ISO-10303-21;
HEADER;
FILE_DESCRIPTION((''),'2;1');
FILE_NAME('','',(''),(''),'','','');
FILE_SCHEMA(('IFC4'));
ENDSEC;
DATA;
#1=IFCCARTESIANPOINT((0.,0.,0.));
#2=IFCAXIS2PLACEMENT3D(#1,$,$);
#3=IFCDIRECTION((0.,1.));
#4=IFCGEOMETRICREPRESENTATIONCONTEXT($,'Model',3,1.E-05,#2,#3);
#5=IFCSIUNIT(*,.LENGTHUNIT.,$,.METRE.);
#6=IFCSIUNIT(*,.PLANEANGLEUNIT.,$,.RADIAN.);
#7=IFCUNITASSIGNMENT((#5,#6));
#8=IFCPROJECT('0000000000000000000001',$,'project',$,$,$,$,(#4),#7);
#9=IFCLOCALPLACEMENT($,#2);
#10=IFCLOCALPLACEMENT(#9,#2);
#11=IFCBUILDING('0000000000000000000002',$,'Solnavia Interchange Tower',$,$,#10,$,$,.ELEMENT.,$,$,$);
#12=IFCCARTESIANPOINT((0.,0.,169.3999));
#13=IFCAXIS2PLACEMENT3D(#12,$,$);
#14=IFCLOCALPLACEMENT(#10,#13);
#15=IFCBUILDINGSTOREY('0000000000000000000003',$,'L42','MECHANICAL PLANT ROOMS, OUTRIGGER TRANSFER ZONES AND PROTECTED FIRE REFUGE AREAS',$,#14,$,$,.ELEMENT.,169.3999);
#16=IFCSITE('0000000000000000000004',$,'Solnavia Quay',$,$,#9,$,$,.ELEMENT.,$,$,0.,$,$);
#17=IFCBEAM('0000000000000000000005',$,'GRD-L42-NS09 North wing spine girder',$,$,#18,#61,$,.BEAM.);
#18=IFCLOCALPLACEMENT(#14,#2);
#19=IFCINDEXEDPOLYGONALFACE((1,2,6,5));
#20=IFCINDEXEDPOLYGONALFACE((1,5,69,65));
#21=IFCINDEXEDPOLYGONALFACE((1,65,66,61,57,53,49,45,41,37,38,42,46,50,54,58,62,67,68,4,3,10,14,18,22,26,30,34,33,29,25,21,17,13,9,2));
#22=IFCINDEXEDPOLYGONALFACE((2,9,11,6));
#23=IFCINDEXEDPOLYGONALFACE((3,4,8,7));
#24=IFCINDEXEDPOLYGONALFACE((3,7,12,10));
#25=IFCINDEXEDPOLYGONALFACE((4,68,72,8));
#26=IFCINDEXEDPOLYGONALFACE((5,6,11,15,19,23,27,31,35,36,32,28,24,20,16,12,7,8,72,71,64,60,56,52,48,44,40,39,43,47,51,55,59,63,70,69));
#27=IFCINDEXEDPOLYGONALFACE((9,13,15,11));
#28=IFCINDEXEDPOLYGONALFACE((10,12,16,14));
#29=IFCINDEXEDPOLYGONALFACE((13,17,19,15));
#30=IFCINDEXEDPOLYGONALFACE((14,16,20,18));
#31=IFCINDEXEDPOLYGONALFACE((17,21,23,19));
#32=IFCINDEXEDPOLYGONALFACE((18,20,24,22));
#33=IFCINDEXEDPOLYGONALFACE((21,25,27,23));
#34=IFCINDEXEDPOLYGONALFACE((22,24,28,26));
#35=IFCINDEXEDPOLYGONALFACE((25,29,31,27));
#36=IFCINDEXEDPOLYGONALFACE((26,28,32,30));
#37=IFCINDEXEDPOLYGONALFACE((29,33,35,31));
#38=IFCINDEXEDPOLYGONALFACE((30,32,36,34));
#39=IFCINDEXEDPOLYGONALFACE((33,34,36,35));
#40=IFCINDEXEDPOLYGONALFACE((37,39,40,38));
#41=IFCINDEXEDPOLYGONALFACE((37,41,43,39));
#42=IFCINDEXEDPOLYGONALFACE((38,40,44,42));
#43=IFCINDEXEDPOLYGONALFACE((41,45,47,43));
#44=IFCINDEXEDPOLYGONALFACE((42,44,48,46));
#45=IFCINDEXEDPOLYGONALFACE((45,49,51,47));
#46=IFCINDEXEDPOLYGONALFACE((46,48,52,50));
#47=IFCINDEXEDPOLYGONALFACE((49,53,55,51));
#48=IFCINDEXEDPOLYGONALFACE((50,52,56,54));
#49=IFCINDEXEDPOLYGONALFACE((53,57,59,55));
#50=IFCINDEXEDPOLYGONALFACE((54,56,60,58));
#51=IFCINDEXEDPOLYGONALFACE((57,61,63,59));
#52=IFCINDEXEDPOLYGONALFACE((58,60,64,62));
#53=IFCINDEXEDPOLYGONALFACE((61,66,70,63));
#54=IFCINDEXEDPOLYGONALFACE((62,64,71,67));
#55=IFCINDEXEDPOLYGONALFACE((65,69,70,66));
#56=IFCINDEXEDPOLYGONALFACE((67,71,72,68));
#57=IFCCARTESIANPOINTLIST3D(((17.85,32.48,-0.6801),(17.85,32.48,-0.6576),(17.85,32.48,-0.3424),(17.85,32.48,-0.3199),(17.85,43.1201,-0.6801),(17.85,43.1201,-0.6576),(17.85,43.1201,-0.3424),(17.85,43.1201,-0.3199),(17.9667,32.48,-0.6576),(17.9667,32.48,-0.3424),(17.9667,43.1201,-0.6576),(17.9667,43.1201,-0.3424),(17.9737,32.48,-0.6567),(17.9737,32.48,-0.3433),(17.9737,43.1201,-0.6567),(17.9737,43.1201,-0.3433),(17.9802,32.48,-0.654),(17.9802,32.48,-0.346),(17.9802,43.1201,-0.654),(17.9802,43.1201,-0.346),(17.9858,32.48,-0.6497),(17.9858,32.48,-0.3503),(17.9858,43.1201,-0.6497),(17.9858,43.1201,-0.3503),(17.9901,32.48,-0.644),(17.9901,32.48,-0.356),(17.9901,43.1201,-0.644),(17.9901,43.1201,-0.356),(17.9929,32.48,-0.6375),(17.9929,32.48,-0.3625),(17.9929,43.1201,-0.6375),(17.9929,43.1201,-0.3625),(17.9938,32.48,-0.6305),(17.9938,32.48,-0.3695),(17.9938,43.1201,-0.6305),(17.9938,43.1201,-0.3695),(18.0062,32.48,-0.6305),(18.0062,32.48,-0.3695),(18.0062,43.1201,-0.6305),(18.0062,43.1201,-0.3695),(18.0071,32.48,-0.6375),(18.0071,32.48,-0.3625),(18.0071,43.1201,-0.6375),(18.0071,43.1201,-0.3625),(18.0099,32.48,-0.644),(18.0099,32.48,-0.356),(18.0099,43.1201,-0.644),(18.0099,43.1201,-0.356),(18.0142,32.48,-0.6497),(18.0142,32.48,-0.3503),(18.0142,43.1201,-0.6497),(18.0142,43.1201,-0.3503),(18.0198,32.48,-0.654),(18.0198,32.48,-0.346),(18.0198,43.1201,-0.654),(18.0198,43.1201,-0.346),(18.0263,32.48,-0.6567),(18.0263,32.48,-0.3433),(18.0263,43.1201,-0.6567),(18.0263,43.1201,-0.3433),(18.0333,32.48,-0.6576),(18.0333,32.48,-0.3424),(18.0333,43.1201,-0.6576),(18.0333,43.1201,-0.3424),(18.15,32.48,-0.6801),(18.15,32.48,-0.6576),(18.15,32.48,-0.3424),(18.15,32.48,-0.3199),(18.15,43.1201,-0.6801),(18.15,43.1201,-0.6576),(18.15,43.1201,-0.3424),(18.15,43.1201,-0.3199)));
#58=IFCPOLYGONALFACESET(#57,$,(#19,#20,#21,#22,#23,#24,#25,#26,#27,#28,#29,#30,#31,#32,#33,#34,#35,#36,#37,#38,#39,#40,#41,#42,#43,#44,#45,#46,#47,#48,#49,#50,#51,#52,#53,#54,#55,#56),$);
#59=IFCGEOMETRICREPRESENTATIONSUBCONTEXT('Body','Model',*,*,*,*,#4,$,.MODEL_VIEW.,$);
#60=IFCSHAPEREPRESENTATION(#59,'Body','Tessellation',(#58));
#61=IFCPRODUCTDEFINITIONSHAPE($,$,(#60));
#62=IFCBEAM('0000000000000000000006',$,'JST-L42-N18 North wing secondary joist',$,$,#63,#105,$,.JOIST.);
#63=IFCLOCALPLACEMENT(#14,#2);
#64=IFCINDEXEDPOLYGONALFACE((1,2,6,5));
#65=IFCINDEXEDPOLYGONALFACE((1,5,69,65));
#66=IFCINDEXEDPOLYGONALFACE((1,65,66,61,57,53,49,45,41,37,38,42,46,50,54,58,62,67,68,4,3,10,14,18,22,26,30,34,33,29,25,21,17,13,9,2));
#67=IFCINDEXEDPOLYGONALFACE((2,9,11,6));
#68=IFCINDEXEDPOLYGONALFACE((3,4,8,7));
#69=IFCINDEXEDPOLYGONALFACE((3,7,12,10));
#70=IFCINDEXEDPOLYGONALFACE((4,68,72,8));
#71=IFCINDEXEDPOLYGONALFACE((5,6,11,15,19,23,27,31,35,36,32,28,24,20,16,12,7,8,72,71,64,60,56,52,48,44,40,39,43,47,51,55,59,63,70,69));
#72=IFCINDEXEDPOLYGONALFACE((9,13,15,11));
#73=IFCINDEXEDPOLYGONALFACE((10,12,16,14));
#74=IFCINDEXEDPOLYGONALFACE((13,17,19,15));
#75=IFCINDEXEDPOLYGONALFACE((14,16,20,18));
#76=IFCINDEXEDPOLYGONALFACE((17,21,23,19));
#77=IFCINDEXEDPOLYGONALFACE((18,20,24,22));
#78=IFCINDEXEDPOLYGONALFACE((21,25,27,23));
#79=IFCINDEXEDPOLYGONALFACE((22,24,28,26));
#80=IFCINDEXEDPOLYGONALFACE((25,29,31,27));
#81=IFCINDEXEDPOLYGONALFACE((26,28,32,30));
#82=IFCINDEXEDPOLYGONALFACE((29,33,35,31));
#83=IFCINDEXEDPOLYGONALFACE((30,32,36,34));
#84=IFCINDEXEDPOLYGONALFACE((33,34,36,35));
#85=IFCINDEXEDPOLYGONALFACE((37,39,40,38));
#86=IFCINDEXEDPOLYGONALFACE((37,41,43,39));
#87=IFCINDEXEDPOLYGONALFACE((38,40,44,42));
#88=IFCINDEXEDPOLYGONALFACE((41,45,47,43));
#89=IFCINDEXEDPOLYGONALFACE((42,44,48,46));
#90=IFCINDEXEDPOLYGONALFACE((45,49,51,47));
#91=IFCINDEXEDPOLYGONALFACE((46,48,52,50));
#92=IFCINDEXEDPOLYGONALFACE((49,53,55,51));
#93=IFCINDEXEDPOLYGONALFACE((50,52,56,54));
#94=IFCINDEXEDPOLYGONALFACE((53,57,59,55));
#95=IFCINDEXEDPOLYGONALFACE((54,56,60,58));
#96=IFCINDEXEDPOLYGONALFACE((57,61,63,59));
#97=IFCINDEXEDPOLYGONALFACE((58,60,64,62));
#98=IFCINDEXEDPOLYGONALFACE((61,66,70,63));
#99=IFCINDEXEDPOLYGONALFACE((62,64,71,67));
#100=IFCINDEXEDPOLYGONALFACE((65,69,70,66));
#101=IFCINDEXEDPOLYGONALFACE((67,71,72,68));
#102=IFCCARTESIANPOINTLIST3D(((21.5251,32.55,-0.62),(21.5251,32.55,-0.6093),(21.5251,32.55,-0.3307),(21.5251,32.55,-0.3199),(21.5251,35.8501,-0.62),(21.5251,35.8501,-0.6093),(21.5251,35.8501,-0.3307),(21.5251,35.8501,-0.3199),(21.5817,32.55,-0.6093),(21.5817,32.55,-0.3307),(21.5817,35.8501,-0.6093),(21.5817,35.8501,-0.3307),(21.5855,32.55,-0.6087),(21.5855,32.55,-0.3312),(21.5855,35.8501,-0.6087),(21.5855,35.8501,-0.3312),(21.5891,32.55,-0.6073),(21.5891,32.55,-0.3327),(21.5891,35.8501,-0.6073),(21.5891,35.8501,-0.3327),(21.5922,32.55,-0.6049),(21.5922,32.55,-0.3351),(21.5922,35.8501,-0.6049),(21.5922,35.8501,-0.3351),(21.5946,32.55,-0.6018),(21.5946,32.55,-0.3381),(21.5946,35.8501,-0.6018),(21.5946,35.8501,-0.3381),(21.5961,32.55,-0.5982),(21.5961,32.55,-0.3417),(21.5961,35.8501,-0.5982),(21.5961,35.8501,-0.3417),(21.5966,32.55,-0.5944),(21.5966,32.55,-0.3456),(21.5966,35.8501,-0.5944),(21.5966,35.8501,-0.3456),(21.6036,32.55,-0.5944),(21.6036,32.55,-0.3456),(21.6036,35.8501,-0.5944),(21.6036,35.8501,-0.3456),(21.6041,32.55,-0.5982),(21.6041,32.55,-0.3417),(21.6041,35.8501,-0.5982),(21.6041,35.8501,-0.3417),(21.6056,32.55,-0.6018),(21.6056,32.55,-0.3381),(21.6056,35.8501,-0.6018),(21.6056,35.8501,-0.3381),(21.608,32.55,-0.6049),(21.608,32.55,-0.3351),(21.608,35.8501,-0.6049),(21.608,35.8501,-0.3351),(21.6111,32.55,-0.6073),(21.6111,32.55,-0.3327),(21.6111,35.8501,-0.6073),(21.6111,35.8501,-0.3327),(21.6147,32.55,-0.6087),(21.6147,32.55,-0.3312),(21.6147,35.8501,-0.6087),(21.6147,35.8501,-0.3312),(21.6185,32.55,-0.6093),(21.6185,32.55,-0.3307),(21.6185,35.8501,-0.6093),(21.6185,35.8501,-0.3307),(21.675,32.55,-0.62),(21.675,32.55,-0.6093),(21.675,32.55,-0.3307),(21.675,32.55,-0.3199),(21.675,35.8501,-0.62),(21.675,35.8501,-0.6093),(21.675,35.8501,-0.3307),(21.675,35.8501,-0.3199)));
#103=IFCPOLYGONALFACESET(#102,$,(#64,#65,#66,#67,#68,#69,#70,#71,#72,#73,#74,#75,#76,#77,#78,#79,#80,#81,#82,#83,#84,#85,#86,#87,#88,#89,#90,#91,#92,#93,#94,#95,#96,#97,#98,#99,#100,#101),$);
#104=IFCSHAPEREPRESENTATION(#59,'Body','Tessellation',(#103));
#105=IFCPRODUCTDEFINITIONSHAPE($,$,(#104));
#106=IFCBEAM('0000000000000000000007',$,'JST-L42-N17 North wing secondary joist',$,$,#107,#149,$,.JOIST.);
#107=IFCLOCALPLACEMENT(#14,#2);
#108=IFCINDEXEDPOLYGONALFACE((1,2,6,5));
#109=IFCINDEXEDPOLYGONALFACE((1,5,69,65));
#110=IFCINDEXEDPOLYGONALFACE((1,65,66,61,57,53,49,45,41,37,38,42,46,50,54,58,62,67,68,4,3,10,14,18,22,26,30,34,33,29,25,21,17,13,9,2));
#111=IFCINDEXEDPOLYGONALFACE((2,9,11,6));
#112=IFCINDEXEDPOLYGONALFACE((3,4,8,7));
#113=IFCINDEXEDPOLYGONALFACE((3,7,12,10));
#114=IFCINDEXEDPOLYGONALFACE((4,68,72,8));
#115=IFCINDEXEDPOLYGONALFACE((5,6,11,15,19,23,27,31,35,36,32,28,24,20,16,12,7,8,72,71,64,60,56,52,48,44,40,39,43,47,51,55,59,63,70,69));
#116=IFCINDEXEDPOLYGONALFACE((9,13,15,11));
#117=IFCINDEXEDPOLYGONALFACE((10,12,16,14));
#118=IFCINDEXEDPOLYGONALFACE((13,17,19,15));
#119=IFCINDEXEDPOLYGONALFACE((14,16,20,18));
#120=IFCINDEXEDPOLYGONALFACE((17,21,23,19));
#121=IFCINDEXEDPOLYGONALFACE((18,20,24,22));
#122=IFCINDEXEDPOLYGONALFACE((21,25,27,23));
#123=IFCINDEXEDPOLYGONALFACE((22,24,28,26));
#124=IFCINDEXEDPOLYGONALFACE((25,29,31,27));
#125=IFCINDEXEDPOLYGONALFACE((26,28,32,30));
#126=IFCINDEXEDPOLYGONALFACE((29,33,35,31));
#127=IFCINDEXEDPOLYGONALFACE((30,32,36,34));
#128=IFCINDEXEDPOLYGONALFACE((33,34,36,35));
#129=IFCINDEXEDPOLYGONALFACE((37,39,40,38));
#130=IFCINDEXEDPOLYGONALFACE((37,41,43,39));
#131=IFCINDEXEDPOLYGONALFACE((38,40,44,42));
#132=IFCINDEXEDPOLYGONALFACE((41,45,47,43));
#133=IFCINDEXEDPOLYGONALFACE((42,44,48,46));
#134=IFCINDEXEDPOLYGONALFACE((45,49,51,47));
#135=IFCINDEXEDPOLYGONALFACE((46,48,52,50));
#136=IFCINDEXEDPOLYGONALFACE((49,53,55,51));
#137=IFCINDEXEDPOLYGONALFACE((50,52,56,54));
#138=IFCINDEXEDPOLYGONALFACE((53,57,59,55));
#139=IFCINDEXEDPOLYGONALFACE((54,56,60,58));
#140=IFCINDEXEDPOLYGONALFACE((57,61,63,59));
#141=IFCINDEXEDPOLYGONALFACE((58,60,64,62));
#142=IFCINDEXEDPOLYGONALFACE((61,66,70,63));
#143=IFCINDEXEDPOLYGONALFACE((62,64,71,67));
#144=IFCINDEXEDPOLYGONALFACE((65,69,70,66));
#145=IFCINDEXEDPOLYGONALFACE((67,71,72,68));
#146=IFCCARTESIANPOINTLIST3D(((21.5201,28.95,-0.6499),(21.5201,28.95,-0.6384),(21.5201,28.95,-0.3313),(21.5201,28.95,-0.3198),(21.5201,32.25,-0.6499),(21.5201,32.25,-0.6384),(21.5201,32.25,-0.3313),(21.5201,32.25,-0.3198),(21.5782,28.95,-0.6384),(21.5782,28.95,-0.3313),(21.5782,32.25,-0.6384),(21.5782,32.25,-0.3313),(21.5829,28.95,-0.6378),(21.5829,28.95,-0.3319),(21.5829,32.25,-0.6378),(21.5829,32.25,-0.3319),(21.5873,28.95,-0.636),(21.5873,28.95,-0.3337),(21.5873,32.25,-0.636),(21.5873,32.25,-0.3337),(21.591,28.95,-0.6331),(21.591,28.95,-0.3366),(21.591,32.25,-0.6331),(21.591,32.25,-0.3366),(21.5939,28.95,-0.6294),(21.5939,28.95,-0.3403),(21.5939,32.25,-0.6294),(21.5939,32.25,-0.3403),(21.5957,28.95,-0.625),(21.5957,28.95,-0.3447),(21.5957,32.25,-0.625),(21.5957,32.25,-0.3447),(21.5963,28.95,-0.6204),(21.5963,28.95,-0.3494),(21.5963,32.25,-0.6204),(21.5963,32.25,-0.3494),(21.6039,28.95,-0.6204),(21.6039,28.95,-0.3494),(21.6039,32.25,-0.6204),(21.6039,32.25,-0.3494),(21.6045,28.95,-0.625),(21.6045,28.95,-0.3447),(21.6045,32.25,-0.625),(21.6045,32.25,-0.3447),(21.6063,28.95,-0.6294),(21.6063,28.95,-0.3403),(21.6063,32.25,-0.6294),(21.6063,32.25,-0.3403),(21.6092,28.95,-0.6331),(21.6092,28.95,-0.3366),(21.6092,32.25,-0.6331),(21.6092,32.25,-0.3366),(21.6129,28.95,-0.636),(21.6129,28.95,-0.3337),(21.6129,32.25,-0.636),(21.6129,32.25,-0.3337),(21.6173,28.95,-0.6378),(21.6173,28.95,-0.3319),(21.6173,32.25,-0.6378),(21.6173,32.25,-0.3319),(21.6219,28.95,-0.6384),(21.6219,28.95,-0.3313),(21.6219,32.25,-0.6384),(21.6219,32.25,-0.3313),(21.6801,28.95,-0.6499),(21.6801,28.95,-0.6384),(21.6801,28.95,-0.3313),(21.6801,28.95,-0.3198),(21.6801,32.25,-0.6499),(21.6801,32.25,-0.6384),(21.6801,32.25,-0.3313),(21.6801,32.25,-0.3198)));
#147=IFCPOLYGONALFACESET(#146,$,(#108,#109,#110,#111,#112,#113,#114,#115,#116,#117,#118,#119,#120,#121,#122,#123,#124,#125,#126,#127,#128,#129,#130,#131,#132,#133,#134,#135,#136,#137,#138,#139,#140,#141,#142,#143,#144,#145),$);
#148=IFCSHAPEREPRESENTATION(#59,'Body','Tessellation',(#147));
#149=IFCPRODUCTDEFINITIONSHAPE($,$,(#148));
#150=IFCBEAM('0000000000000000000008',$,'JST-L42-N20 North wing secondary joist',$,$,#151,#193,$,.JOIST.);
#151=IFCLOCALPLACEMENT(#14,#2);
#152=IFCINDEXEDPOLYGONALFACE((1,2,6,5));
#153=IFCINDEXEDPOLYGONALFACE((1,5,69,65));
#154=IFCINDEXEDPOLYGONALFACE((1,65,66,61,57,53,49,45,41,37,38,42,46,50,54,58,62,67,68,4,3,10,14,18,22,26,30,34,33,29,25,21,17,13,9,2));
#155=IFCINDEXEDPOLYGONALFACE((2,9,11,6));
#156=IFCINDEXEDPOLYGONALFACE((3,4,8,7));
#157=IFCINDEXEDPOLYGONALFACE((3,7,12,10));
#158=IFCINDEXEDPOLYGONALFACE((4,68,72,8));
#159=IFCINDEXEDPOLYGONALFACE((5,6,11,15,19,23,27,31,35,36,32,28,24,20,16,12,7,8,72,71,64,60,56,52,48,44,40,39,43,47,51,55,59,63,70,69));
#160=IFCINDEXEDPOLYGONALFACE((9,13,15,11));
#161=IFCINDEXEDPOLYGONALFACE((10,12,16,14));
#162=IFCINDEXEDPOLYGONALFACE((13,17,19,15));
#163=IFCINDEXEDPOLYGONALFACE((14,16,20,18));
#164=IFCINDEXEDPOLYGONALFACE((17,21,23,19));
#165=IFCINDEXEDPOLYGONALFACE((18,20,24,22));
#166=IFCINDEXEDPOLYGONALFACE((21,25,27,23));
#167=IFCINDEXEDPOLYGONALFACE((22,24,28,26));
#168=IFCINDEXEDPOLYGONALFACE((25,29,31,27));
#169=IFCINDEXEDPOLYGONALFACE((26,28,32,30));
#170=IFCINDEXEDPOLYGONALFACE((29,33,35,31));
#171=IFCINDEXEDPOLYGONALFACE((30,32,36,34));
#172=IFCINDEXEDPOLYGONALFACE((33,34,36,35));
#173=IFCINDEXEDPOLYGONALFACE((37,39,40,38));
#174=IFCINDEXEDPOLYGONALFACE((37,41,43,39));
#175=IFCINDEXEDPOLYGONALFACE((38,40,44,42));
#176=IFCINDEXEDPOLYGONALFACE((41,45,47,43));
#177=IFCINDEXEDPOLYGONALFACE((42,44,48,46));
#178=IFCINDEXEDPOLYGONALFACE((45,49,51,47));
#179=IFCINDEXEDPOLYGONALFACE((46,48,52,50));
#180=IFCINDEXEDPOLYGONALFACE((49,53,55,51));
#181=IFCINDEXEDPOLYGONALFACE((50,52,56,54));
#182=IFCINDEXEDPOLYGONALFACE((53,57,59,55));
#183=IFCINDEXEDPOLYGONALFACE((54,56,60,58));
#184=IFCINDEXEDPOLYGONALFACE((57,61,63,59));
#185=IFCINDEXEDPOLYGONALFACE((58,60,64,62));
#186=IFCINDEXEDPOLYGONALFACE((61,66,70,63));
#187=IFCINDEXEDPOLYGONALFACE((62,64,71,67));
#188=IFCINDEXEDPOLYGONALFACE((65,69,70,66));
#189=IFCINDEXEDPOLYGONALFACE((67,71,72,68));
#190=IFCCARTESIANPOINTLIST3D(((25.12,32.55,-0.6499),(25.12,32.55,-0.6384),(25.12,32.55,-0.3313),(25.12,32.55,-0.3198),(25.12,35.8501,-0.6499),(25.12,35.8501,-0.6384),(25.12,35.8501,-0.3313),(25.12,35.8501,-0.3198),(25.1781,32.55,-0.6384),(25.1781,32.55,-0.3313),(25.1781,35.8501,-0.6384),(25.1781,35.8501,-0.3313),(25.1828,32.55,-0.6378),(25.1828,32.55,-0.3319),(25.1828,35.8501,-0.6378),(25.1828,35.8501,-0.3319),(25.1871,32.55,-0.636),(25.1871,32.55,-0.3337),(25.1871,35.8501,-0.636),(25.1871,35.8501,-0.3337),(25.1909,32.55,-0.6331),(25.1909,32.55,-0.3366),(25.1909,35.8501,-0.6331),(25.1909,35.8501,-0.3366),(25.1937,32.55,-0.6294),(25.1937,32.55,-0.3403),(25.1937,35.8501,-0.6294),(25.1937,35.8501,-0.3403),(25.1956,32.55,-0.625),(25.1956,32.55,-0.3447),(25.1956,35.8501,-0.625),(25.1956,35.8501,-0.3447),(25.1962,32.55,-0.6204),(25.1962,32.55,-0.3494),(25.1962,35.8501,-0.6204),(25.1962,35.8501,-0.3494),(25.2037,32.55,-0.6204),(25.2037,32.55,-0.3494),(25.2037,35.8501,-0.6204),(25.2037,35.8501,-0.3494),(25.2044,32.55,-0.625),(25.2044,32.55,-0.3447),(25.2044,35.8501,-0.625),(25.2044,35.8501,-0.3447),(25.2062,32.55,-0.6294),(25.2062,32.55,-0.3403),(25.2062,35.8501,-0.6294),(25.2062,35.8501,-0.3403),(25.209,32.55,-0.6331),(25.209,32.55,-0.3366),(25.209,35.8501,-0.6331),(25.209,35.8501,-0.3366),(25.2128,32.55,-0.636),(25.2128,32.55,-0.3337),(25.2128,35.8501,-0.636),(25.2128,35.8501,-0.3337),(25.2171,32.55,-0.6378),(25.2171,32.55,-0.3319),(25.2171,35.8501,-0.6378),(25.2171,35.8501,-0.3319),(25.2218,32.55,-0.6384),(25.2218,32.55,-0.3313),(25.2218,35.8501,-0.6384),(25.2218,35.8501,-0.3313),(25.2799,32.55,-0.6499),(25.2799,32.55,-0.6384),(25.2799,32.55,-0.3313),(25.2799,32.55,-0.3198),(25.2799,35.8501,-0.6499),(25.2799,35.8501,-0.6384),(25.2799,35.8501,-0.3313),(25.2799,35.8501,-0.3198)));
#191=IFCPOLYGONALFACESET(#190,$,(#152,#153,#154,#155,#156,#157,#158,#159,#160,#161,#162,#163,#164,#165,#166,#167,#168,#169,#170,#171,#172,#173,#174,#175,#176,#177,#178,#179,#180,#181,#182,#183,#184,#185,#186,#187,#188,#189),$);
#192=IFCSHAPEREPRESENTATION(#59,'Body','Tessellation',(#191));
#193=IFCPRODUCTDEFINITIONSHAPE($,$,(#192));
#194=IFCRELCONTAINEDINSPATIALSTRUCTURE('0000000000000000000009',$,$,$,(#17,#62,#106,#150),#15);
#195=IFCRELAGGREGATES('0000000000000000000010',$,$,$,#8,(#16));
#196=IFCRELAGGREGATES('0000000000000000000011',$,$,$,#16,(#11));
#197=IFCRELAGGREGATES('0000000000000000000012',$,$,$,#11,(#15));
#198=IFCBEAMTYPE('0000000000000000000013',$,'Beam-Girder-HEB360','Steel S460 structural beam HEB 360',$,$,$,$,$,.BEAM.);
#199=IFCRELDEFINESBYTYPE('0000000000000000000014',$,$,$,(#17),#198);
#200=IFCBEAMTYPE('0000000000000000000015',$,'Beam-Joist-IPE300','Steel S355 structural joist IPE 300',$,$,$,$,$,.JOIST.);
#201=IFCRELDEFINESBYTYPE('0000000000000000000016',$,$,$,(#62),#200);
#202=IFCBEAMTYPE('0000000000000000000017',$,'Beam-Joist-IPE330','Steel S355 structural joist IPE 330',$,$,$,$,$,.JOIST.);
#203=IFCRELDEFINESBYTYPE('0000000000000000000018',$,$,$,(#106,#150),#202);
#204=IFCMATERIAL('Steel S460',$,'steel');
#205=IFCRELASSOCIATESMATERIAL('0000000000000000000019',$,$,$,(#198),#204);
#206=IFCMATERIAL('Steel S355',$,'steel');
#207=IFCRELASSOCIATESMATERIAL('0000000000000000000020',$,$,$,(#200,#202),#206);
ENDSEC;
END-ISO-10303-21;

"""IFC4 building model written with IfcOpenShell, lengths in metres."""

from ifc_helpers import new_model, si_unit, direction, frame, origin, origin_2d, place, context, subcontext, project, spatial, i_section, extrude, material, material_profile, profile_set, type_object, element, save


model = new_model("IFC4")

# Units and contexts
model_context = context("Model", 3, precision=1e-05, world=origin(), true_north=direction((0.0, 1.0)))
body_context = subcontext(model_context, "Body", "Model", "MODEL_VIEW")
ifc_project = project(units=[si_unit("LENGTHUNIT", "METRE"), si_unit("PLANEANGLEUNIT", "RADIAN")], contexts=[model_context])

# Site, building, storey
site_placement = place(None, origin())
site = spatial("IfcSite", under=ifc_project, at=site_placement, Name="Solnavia Quay", CompositionType="ELEMENT", RefElevation=0.0)
building_placement = place(site_placement, origin())
building = spatial("IfcBuilding", under=site, at=building_placement, Name="Solnavia Interchange Tower", CompositionType="ELEMENT")
storey_placement = place(building_placement, frame((0.0, 0.0, 169.3999)))
storey = spatial("IfcBuildingStorey", under=building, at=storey_placement, Name="L42", Description="MECHANICAL PLANT ROOMS, OUTRIGGER TRANSFER ZONES AND PROTECTED FIRE REFUGE AREAS", CompositionType="ELEMENT", Elevation=169.3999)

# Shared definitions
ifc_material_1 = material(Name="Steel S355", Category="steel")

# Beams
ifc_material_2 = material(Name="Steel S460", Category="steel")
ifc_material_profile_1 = material_profile(ifc_material_2, i_section(OverallWidth=0.3, OverallDepth=0.3601, WebThickness=0.0125, FlangeThickness=0.0225, FilletRadius=0.0271, at=origin_2d()), Name="HEB 360")
ifc_profile_set_1 = profile_set([ifc_material_profile_1], Name="Steel S460")
beam_type_1 = type_object("IfcBeamType", Name="Beam-Girder-HEB360", Description="Steel S460 structural beam HEB 360", PredefinedType="BEAM", material=ifc_profile_set_1)
beam_1_placement = place(storey_placement, frame((18.0, 32.48, -0.5), z_axis=(0.0, 1.0, 0.0), x_axis=(-1.0, 0.0, 0.0)))
element("IfcBeam", 1, at=beam_1_placement, inside=storey, type_object=beam_type_1, Name="GRD-L42-NS09 North wing spine girder", PredefinedType="BEAM", context=body_context, shape_type="SweptSolid", body=[
    extrude(i_section(OverallWidth=0.3, OverallDepth=0.3601, WebThickness=0.0125, FlangeThickness=0.0225, FilletRadius=0.0271, at=origin_2d()), origin(), (0.0, 0.0, 1.0), 10.6401),
])
ifc_material_profile_2 = material_profile(ifc_material_1, i_section(OverallWidth=0.1499, OverallDepth=0.3, WebThickness=0.0071, FlangeThickness=0.0107, FilletRadius=0.0149, at=origin_2d()), Name="IPE 300")
ifc_profile_set_2 = profile_set([ifc_material_profile_2], Name="Steel S355")
beam_type_2 = type_object("IfcBeamType", Name="Beam-Joist-IPE300", Description="Steel S355 structural joist IPE 300", PredefinedType="JOIST", material=ifc_profile_set_2)
beam_2_placement = place(storey_placement, frame((21.6001, 32.55, -0.47), z_axis=(0.0, 1.0, 0.0), x_axis=(-1.0, 0.0, 0.0)))
element("IfcBeam", 2, at=beam_2_placement, inside=storey, type_object=beam_type_2, Name="JST-L42-N18 North wing secondary joist", PredefinedType="JOIST", context=body_context, shape_type="SweptSolid", body=[
    extrude(i_section(OverallWidth=0.1499, OverallDepth=0.3, WebThickness=0.0071, FlangeThickness=0.0107, FilletRadius=0.0149, at=origin_2d()), origin(), (0.0, 0.0, 1.0), 3.3),
])
ifc_material_profile_3 = material_profile(ifc_material_1, i_section(OverallWidth=0.1599, OverallDepth=0.3301, WebThickness=0.0076, FlangeThickness=0.0115, FilletRadius=0.0181, at=origin_2d()), Name="IPE 330")
ifc_profile_set_3 = profile_set([ifc_material_profile_3], Name="Steel S355")
beam_type_3 = type_object("IfcBeamType", Name="Beam-Joist-IPE330", Description="Steel S355 structural joist IPE 330", PredefinedType="JOIST", material=ifc_profile_set_3)
for number, where, z_axis, x_axis, name in (
    (3, (21.6001, 28.95, -0.4849), (0.0, 1.0, 0.0), (-1.0, 0.0, 0.0), "JST-L42-N17 North wing secondary joist"),
    (4, (25.2, 32.55, -0.4849), (0.0, 1.0, 0.0), (-1.0, 0.0, 0.0), "JST-L42-N20 North wing secondary joist"),
):
    element("IfcBeam", number, at=place(storey_placement, frame(where, z_axis=z_axis, x_axis=x_axis)), inside=storey, type_object=beam_type_3, Name=name, PredefinedType="JOIST", context=body_context, shape_type="SweptSolid", body=[
        extrude(i_section(OverallWidth=0.1599, OverallDepth=0.3301, WebThickness=0.0076, FlangeThickness=0.0115, FilletRadius=0.0181, at=origin_2d()), origin(), (0.0, 0.0, 1.0), 3.3),
    ])

save(model, "model.ifc")
